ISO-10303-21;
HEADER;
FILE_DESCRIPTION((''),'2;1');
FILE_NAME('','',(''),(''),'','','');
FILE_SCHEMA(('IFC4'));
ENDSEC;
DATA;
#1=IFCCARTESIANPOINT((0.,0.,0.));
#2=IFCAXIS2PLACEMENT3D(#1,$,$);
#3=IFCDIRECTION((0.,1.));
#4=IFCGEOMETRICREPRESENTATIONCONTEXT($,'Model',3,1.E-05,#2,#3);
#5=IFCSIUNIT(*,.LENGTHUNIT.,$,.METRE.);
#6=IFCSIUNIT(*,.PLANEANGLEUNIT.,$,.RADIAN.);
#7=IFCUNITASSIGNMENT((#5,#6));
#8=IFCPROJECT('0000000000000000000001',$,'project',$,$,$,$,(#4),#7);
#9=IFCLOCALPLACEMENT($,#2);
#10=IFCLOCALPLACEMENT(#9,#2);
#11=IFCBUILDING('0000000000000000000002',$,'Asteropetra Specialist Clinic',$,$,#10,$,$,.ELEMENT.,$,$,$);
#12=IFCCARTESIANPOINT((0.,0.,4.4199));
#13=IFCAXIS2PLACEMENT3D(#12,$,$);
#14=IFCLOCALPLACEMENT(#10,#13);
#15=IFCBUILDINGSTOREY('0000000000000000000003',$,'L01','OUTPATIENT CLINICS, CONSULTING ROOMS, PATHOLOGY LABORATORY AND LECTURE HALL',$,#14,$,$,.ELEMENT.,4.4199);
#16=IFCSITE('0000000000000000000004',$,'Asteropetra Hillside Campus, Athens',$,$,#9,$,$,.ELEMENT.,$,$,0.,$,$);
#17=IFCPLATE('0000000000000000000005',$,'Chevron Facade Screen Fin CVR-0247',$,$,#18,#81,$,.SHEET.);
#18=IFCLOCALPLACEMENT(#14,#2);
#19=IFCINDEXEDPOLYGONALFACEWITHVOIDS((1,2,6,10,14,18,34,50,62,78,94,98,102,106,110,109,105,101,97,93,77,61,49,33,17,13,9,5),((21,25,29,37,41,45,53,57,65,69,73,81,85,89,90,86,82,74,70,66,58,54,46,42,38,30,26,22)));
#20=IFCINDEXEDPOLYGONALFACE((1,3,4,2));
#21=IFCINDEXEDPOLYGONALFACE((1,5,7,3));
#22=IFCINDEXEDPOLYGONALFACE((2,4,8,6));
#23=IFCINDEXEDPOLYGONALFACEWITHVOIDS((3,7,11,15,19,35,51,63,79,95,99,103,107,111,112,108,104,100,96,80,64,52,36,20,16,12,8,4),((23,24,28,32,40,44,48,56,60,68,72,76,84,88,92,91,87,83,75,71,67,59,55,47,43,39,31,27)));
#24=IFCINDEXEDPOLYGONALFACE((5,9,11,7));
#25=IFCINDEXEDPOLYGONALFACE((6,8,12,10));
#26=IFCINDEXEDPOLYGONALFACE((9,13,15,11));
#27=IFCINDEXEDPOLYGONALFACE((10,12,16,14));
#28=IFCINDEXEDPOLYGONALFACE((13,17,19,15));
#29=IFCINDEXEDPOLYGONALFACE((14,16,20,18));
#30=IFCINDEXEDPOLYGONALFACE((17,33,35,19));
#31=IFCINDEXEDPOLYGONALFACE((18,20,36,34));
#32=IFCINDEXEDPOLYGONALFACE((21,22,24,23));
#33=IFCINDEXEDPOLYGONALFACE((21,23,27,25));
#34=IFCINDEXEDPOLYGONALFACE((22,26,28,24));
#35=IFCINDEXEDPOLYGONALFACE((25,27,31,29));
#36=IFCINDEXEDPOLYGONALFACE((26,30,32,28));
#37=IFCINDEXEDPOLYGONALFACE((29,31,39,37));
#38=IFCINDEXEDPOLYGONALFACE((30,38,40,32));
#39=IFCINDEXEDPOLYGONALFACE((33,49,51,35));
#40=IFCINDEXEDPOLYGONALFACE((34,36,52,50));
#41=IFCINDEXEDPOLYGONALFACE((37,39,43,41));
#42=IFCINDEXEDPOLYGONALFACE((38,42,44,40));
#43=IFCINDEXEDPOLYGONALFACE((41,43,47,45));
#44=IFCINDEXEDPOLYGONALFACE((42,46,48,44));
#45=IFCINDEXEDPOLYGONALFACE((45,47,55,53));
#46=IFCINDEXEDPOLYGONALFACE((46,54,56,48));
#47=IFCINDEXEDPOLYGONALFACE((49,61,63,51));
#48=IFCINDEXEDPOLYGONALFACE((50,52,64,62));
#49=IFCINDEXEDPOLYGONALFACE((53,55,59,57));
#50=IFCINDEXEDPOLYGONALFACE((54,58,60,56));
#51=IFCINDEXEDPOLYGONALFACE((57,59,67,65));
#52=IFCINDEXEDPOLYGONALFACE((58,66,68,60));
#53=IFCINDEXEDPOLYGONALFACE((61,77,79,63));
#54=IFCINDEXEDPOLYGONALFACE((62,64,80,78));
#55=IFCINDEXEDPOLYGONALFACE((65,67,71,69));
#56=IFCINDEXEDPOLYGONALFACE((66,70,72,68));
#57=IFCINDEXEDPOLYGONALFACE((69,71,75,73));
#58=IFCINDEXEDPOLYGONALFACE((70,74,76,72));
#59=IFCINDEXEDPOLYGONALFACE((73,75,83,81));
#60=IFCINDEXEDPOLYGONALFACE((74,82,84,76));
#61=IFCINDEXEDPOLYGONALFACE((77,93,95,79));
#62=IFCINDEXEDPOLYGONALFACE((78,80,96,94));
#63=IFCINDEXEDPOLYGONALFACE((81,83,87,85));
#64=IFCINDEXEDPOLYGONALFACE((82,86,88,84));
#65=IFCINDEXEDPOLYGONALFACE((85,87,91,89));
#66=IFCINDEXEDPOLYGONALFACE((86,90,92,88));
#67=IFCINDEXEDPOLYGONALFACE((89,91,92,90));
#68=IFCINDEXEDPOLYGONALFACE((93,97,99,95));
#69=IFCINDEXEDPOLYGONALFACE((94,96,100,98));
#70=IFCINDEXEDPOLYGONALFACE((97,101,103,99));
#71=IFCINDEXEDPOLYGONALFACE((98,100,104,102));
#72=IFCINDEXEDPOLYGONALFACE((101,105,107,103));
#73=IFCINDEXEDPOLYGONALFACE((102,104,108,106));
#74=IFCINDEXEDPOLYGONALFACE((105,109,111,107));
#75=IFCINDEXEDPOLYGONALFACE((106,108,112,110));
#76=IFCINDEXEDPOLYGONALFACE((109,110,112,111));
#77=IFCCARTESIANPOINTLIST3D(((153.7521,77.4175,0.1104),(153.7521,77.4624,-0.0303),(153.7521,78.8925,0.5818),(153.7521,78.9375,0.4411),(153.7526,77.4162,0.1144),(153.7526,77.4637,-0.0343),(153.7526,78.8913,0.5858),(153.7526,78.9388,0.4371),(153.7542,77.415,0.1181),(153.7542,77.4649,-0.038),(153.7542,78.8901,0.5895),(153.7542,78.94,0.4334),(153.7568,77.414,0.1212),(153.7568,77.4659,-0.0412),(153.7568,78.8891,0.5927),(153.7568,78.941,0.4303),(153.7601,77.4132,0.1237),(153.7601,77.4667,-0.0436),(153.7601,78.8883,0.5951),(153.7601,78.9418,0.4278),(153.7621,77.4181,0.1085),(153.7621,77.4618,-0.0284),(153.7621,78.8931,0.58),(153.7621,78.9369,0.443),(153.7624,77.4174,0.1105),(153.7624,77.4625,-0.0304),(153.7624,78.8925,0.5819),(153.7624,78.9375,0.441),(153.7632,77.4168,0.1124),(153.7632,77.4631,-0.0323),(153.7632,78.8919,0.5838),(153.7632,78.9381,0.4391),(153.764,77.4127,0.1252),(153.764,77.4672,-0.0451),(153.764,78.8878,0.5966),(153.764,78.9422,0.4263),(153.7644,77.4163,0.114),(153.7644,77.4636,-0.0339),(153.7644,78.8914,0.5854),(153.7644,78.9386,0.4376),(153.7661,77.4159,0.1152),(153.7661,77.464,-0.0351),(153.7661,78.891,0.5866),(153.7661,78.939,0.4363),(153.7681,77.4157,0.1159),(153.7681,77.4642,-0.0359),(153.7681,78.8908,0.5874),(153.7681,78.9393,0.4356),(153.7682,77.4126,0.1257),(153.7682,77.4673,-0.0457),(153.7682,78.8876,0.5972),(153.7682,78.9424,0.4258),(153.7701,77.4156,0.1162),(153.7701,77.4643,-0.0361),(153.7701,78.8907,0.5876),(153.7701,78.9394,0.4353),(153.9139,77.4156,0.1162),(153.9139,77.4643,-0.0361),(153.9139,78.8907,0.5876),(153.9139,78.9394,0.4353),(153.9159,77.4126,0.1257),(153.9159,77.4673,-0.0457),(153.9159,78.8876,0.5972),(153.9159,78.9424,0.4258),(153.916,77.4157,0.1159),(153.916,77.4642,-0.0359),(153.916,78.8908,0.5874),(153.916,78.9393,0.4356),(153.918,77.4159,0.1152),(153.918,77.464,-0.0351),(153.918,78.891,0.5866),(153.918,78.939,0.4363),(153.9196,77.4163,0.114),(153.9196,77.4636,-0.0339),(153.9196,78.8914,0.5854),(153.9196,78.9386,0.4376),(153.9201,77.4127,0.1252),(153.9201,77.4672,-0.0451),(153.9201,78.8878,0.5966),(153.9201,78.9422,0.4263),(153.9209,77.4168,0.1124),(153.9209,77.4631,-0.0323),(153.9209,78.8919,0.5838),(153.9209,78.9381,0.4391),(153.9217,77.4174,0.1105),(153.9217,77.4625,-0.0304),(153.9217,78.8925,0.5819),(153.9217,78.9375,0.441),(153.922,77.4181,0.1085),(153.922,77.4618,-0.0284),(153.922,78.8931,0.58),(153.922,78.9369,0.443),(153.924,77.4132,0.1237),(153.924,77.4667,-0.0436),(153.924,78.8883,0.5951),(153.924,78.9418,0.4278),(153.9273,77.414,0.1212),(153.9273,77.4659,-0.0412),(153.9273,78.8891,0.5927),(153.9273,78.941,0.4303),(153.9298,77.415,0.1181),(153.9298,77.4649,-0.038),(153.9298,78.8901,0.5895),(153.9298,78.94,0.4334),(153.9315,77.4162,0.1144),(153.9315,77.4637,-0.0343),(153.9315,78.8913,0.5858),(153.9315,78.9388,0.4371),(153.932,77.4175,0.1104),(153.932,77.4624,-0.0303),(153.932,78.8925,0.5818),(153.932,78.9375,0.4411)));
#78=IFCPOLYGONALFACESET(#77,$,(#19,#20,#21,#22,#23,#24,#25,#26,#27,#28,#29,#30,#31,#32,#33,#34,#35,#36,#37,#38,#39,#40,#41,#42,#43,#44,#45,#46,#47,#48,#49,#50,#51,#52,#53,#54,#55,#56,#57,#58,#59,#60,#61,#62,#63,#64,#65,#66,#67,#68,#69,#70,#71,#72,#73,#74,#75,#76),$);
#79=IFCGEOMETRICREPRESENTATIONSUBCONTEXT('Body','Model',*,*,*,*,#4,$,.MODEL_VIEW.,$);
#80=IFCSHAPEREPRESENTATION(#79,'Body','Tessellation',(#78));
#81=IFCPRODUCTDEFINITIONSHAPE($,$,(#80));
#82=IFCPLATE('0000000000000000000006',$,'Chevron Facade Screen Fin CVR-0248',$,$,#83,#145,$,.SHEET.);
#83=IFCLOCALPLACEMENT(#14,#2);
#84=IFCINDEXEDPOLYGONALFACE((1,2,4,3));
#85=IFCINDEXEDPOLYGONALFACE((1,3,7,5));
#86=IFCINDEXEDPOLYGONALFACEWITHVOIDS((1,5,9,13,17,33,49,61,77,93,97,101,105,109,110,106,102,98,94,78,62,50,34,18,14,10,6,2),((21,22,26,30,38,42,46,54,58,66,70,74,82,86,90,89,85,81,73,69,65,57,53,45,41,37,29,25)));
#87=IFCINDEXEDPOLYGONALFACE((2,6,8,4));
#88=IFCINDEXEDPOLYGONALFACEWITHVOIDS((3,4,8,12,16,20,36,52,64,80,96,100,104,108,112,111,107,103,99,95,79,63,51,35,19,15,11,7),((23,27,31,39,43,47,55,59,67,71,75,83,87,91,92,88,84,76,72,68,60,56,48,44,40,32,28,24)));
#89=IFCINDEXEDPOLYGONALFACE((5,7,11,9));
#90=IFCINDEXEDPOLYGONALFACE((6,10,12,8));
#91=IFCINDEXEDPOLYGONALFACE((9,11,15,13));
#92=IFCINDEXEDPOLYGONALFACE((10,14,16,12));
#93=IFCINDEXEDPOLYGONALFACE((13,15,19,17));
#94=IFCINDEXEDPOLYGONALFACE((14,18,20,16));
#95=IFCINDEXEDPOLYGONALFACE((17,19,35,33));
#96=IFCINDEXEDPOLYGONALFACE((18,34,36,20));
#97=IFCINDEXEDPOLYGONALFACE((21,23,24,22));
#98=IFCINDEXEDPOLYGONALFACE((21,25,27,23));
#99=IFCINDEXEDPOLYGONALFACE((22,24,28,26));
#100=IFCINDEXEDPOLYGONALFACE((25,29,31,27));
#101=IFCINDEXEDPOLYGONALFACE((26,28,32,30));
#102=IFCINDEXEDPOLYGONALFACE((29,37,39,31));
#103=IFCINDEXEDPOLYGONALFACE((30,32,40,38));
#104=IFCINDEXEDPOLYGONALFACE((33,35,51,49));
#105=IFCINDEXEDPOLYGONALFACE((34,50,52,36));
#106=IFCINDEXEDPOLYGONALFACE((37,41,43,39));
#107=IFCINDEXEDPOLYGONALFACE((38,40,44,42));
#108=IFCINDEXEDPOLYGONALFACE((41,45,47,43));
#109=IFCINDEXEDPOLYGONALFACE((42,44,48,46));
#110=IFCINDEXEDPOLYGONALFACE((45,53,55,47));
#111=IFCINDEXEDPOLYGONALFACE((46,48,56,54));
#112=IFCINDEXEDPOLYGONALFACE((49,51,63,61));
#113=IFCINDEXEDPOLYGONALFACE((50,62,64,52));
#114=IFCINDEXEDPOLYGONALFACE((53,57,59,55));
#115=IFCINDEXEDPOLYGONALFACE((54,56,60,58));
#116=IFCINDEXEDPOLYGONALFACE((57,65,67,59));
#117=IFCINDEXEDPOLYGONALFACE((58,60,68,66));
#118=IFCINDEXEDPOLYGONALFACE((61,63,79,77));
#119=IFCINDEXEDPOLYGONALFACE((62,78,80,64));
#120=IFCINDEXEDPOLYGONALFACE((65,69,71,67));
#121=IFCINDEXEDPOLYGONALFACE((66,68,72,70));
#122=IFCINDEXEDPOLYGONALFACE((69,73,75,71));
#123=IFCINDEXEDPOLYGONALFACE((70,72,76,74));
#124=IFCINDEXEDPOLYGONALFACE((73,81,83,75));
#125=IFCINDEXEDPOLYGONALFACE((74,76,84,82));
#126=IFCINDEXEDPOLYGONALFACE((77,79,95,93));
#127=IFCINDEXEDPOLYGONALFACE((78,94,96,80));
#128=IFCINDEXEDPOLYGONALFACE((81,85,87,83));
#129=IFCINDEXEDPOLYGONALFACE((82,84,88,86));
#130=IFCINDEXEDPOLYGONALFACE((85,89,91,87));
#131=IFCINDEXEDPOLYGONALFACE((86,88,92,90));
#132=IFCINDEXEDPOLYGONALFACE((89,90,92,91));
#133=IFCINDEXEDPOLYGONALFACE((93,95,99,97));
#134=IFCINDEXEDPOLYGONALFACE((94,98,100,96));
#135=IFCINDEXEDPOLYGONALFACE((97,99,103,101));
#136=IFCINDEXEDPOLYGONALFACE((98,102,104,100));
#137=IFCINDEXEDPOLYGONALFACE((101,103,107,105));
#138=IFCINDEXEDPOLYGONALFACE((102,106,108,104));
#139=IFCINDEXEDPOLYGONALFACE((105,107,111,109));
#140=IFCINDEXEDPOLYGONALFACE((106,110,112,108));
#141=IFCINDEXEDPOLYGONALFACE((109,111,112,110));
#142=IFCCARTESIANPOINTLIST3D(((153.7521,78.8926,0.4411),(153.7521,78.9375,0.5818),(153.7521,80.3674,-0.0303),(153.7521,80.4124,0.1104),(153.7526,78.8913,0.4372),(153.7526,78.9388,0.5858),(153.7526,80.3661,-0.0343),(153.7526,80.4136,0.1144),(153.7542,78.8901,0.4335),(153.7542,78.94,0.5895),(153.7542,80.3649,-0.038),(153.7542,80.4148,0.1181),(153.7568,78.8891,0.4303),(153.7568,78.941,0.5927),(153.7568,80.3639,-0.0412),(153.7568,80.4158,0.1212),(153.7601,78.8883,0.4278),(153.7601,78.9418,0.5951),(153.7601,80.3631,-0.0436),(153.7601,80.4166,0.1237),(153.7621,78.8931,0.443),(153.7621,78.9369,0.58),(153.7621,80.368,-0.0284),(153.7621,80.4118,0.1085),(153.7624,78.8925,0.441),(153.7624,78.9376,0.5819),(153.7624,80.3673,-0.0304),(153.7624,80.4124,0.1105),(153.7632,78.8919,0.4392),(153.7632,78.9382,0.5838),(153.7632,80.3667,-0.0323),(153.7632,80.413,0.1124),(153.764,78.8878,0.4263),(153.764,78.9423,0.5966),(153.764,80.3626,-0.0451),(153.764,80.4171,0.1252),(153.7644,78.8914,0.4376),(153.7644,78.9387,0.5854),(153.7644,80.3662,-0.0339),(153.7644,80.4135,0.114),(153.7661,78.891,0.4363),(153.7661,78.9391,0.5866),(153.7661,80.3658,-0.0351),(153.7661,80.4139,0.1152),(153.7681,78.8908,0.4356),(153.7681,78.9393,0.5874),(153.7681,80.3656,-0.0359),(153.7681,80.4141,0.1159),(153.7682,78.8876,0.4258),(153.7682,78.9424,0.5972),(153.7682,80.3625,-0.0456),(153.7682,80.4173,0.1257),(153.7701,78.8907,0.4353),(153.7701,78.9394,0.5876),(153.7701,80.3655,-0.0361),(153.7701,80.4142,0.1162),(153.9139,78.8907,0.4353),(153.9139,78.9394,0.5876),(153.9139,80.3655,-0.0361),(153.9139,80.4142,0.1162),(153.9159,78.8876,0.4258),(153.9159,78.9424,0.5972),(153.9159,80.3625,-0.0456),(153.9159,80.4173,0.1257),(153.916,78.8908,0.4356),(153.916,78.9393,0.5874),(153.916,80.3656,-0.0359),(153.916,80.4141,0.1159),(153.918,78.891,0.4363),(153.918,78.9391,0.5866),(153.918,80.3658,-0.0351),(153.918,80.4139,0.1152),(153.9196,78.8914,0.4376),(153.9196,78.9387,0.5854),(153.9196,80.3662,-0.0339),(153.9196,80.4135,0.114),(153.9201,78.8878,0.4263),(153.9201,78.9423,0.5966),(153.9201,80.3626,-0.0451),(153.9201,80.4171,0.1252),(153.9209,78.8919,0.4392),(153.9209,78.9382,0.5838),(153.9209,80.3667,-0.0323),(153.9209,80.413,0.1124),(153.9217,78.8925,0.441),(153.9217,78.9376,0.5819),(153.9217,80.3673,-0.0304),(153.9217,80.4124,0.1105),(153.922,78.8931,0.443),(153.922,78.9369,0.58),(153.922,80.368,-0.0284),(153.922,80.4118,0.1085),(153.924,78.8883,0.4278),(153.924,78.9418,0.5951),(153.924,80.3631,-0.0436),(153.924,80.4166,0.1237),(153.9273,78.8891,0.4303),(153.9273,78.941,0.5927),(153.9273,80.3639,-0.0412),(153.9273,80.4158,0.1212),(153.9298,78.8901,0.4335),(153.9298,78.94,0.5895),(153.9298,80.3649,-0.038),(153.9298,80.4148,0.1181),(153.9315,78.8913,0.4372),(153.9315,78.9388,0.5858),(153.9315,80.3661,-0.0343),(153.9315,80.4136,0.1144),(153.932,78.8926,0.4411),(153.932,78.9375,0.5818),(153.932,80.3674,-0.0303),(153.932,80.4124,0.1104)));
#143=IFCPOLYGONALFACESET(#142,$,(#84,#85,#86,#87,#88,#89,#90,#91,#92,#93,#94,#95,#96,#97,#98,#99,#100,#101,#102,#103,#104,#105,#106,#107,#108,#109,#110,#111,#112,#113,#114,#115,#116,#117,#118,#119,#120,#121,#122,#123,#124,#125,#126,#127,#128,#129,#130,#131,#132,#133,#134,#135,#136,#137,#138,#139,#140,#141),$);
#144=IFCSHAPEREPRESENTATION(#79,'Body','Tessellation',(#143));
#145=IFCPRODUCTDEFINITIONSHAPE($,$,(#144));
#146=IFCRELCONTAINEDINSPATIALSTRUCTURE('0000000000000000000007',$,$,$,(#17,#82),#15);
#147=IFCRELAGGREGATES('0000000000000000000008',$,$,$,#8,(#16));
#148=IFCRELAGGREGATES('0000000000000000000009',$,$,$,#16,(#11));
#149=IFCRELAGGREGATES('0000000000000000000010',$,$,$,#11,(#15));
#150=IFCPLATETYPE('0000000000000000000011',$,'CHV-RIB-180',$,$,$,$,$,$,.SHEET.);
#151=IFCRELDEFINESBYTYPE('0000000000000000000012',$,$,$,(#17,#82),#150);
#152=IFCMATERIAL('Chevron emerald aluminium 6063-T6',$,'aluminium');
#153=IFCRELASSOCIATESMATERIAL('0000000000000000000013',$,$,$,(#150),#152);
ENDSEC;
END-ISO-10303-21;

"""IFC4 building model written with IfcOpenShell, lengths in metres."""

from ifc_helpers import new_model, si_unit, direction, frame, origin, origin_2d, place, context, subcontext, project, spatial, hollow_rectangle, extrude, material, material_profile, profile_set, type_object, element, save


model = new_model("IFC4")

# Units and contexts
model_context = context("Model", 3, precision=1e-05, world=origin(), true_north=direction((0.0, 1.0)))
body_context = subcontext(model_context, "Body", "Model", "MODEL_VIEW")
ifc_project = project(units=[si_unit("LENGTHUNIT", "METRE"), si_unit("PLANEANGLEUNIT", "RADIAN")], contexts=[model_context])

# Site, building, storey
site_placement = place(None, origin())
site = spatial("IfcSite", under=ifc_project, at=site_placement, Name="Asteropetra Hillside Campus, Athens", CompositionType="ELEMENT", RefElevation=0.0)
building_placement = place(site_placement, origin())
building = spatial("IfcBuilding", under=site, at=building_placement, Name="Asteropetra Specialist Clinic", CompositionType="ELEMENT")
storey_placement = place(building_placement, frame((0.0, 0.0, 4.4199)))
storey = spatial("IfcBuildingStorey", under=building, at=storey_placement, Name="L01", Description="OUTPATIENT CLINICS, CONSULTING ROOMS, PATHOLOGY LABORATORY AND LECTURE HALL", CompositionType="ELEMENT", Elevation=4.4199)

# Plates
ifc_material_1 = material(Name="Chevron emerald aluminium 6063-T6", Category="aluminium")
ifc_material_profile = material_profile(ifc_material_1, hollow_rectangle(XDim=0.1799, YDim=0.1799, WallThickness=0.01, InnerFilletRadius=0.0081, OuterFilletRadius=0.0161, at=origin_2d()), Name="SHS 180x180x10.0")
ifc_profile_set = profile_set([ifc_material_profile], Name="Chevron emerald aluminium 6063-T6")
plate_type = type_object("IfcPlateType", Name="CHV-RIB-180", PredefinedType="SHEET", material=ifc_profile_set)
plate_1_placement = place(storey_placement, frame((153.842, 77.4399, 0.04), z_axis=(0.0, 0.952536, 0.304427), x_axis=(-1.0, 0.0, 0.0)))
element("IfcPlate", 1, at=plate_1_placement, inside=storey, type_object=plate_type, Name="Chevron Facade Screen Fin CVR-0247", PredefinedType="SHEET", context=body_context, shape_type="SweptSolid", body=[
    extrude(hollow_rectangle(XDim=0.1799, YDim=0.1799, WallThickness=0.01, InnerFilletRadius=0.0081, OuterFilletRadius=0.0161, at=origin_2d()), origin(), (0.0, 0.0, 1.0), 1.5486),
])
plate_2_placement = place(storey_placement, frame((153.842, 78.915, 0.5115), z_axis=(0.0, 0.952521, -0.304472), x_axis=(-1.0, 0.0, 0.0)))
element("IfcPlate", 2, at=plate_2_placement, inside=storey, type_object=plate_type, Name="Chevron Facade Screen Fin CVR-0248", PredefinedType="SHEET", context=body_context, shape_type="SweptSolid", body=[
    extrude(hollow_rectangle(XDim=0.1799, YDim=0.1799, WallThickness=0.01, InnerFilletRadius=0.0081, OuterFilletRadius=0.0161, at=origin_2d()), origin(), (0.0, 0.0, 1.0), 1.5483),
])

save(model, "model.ifc")
